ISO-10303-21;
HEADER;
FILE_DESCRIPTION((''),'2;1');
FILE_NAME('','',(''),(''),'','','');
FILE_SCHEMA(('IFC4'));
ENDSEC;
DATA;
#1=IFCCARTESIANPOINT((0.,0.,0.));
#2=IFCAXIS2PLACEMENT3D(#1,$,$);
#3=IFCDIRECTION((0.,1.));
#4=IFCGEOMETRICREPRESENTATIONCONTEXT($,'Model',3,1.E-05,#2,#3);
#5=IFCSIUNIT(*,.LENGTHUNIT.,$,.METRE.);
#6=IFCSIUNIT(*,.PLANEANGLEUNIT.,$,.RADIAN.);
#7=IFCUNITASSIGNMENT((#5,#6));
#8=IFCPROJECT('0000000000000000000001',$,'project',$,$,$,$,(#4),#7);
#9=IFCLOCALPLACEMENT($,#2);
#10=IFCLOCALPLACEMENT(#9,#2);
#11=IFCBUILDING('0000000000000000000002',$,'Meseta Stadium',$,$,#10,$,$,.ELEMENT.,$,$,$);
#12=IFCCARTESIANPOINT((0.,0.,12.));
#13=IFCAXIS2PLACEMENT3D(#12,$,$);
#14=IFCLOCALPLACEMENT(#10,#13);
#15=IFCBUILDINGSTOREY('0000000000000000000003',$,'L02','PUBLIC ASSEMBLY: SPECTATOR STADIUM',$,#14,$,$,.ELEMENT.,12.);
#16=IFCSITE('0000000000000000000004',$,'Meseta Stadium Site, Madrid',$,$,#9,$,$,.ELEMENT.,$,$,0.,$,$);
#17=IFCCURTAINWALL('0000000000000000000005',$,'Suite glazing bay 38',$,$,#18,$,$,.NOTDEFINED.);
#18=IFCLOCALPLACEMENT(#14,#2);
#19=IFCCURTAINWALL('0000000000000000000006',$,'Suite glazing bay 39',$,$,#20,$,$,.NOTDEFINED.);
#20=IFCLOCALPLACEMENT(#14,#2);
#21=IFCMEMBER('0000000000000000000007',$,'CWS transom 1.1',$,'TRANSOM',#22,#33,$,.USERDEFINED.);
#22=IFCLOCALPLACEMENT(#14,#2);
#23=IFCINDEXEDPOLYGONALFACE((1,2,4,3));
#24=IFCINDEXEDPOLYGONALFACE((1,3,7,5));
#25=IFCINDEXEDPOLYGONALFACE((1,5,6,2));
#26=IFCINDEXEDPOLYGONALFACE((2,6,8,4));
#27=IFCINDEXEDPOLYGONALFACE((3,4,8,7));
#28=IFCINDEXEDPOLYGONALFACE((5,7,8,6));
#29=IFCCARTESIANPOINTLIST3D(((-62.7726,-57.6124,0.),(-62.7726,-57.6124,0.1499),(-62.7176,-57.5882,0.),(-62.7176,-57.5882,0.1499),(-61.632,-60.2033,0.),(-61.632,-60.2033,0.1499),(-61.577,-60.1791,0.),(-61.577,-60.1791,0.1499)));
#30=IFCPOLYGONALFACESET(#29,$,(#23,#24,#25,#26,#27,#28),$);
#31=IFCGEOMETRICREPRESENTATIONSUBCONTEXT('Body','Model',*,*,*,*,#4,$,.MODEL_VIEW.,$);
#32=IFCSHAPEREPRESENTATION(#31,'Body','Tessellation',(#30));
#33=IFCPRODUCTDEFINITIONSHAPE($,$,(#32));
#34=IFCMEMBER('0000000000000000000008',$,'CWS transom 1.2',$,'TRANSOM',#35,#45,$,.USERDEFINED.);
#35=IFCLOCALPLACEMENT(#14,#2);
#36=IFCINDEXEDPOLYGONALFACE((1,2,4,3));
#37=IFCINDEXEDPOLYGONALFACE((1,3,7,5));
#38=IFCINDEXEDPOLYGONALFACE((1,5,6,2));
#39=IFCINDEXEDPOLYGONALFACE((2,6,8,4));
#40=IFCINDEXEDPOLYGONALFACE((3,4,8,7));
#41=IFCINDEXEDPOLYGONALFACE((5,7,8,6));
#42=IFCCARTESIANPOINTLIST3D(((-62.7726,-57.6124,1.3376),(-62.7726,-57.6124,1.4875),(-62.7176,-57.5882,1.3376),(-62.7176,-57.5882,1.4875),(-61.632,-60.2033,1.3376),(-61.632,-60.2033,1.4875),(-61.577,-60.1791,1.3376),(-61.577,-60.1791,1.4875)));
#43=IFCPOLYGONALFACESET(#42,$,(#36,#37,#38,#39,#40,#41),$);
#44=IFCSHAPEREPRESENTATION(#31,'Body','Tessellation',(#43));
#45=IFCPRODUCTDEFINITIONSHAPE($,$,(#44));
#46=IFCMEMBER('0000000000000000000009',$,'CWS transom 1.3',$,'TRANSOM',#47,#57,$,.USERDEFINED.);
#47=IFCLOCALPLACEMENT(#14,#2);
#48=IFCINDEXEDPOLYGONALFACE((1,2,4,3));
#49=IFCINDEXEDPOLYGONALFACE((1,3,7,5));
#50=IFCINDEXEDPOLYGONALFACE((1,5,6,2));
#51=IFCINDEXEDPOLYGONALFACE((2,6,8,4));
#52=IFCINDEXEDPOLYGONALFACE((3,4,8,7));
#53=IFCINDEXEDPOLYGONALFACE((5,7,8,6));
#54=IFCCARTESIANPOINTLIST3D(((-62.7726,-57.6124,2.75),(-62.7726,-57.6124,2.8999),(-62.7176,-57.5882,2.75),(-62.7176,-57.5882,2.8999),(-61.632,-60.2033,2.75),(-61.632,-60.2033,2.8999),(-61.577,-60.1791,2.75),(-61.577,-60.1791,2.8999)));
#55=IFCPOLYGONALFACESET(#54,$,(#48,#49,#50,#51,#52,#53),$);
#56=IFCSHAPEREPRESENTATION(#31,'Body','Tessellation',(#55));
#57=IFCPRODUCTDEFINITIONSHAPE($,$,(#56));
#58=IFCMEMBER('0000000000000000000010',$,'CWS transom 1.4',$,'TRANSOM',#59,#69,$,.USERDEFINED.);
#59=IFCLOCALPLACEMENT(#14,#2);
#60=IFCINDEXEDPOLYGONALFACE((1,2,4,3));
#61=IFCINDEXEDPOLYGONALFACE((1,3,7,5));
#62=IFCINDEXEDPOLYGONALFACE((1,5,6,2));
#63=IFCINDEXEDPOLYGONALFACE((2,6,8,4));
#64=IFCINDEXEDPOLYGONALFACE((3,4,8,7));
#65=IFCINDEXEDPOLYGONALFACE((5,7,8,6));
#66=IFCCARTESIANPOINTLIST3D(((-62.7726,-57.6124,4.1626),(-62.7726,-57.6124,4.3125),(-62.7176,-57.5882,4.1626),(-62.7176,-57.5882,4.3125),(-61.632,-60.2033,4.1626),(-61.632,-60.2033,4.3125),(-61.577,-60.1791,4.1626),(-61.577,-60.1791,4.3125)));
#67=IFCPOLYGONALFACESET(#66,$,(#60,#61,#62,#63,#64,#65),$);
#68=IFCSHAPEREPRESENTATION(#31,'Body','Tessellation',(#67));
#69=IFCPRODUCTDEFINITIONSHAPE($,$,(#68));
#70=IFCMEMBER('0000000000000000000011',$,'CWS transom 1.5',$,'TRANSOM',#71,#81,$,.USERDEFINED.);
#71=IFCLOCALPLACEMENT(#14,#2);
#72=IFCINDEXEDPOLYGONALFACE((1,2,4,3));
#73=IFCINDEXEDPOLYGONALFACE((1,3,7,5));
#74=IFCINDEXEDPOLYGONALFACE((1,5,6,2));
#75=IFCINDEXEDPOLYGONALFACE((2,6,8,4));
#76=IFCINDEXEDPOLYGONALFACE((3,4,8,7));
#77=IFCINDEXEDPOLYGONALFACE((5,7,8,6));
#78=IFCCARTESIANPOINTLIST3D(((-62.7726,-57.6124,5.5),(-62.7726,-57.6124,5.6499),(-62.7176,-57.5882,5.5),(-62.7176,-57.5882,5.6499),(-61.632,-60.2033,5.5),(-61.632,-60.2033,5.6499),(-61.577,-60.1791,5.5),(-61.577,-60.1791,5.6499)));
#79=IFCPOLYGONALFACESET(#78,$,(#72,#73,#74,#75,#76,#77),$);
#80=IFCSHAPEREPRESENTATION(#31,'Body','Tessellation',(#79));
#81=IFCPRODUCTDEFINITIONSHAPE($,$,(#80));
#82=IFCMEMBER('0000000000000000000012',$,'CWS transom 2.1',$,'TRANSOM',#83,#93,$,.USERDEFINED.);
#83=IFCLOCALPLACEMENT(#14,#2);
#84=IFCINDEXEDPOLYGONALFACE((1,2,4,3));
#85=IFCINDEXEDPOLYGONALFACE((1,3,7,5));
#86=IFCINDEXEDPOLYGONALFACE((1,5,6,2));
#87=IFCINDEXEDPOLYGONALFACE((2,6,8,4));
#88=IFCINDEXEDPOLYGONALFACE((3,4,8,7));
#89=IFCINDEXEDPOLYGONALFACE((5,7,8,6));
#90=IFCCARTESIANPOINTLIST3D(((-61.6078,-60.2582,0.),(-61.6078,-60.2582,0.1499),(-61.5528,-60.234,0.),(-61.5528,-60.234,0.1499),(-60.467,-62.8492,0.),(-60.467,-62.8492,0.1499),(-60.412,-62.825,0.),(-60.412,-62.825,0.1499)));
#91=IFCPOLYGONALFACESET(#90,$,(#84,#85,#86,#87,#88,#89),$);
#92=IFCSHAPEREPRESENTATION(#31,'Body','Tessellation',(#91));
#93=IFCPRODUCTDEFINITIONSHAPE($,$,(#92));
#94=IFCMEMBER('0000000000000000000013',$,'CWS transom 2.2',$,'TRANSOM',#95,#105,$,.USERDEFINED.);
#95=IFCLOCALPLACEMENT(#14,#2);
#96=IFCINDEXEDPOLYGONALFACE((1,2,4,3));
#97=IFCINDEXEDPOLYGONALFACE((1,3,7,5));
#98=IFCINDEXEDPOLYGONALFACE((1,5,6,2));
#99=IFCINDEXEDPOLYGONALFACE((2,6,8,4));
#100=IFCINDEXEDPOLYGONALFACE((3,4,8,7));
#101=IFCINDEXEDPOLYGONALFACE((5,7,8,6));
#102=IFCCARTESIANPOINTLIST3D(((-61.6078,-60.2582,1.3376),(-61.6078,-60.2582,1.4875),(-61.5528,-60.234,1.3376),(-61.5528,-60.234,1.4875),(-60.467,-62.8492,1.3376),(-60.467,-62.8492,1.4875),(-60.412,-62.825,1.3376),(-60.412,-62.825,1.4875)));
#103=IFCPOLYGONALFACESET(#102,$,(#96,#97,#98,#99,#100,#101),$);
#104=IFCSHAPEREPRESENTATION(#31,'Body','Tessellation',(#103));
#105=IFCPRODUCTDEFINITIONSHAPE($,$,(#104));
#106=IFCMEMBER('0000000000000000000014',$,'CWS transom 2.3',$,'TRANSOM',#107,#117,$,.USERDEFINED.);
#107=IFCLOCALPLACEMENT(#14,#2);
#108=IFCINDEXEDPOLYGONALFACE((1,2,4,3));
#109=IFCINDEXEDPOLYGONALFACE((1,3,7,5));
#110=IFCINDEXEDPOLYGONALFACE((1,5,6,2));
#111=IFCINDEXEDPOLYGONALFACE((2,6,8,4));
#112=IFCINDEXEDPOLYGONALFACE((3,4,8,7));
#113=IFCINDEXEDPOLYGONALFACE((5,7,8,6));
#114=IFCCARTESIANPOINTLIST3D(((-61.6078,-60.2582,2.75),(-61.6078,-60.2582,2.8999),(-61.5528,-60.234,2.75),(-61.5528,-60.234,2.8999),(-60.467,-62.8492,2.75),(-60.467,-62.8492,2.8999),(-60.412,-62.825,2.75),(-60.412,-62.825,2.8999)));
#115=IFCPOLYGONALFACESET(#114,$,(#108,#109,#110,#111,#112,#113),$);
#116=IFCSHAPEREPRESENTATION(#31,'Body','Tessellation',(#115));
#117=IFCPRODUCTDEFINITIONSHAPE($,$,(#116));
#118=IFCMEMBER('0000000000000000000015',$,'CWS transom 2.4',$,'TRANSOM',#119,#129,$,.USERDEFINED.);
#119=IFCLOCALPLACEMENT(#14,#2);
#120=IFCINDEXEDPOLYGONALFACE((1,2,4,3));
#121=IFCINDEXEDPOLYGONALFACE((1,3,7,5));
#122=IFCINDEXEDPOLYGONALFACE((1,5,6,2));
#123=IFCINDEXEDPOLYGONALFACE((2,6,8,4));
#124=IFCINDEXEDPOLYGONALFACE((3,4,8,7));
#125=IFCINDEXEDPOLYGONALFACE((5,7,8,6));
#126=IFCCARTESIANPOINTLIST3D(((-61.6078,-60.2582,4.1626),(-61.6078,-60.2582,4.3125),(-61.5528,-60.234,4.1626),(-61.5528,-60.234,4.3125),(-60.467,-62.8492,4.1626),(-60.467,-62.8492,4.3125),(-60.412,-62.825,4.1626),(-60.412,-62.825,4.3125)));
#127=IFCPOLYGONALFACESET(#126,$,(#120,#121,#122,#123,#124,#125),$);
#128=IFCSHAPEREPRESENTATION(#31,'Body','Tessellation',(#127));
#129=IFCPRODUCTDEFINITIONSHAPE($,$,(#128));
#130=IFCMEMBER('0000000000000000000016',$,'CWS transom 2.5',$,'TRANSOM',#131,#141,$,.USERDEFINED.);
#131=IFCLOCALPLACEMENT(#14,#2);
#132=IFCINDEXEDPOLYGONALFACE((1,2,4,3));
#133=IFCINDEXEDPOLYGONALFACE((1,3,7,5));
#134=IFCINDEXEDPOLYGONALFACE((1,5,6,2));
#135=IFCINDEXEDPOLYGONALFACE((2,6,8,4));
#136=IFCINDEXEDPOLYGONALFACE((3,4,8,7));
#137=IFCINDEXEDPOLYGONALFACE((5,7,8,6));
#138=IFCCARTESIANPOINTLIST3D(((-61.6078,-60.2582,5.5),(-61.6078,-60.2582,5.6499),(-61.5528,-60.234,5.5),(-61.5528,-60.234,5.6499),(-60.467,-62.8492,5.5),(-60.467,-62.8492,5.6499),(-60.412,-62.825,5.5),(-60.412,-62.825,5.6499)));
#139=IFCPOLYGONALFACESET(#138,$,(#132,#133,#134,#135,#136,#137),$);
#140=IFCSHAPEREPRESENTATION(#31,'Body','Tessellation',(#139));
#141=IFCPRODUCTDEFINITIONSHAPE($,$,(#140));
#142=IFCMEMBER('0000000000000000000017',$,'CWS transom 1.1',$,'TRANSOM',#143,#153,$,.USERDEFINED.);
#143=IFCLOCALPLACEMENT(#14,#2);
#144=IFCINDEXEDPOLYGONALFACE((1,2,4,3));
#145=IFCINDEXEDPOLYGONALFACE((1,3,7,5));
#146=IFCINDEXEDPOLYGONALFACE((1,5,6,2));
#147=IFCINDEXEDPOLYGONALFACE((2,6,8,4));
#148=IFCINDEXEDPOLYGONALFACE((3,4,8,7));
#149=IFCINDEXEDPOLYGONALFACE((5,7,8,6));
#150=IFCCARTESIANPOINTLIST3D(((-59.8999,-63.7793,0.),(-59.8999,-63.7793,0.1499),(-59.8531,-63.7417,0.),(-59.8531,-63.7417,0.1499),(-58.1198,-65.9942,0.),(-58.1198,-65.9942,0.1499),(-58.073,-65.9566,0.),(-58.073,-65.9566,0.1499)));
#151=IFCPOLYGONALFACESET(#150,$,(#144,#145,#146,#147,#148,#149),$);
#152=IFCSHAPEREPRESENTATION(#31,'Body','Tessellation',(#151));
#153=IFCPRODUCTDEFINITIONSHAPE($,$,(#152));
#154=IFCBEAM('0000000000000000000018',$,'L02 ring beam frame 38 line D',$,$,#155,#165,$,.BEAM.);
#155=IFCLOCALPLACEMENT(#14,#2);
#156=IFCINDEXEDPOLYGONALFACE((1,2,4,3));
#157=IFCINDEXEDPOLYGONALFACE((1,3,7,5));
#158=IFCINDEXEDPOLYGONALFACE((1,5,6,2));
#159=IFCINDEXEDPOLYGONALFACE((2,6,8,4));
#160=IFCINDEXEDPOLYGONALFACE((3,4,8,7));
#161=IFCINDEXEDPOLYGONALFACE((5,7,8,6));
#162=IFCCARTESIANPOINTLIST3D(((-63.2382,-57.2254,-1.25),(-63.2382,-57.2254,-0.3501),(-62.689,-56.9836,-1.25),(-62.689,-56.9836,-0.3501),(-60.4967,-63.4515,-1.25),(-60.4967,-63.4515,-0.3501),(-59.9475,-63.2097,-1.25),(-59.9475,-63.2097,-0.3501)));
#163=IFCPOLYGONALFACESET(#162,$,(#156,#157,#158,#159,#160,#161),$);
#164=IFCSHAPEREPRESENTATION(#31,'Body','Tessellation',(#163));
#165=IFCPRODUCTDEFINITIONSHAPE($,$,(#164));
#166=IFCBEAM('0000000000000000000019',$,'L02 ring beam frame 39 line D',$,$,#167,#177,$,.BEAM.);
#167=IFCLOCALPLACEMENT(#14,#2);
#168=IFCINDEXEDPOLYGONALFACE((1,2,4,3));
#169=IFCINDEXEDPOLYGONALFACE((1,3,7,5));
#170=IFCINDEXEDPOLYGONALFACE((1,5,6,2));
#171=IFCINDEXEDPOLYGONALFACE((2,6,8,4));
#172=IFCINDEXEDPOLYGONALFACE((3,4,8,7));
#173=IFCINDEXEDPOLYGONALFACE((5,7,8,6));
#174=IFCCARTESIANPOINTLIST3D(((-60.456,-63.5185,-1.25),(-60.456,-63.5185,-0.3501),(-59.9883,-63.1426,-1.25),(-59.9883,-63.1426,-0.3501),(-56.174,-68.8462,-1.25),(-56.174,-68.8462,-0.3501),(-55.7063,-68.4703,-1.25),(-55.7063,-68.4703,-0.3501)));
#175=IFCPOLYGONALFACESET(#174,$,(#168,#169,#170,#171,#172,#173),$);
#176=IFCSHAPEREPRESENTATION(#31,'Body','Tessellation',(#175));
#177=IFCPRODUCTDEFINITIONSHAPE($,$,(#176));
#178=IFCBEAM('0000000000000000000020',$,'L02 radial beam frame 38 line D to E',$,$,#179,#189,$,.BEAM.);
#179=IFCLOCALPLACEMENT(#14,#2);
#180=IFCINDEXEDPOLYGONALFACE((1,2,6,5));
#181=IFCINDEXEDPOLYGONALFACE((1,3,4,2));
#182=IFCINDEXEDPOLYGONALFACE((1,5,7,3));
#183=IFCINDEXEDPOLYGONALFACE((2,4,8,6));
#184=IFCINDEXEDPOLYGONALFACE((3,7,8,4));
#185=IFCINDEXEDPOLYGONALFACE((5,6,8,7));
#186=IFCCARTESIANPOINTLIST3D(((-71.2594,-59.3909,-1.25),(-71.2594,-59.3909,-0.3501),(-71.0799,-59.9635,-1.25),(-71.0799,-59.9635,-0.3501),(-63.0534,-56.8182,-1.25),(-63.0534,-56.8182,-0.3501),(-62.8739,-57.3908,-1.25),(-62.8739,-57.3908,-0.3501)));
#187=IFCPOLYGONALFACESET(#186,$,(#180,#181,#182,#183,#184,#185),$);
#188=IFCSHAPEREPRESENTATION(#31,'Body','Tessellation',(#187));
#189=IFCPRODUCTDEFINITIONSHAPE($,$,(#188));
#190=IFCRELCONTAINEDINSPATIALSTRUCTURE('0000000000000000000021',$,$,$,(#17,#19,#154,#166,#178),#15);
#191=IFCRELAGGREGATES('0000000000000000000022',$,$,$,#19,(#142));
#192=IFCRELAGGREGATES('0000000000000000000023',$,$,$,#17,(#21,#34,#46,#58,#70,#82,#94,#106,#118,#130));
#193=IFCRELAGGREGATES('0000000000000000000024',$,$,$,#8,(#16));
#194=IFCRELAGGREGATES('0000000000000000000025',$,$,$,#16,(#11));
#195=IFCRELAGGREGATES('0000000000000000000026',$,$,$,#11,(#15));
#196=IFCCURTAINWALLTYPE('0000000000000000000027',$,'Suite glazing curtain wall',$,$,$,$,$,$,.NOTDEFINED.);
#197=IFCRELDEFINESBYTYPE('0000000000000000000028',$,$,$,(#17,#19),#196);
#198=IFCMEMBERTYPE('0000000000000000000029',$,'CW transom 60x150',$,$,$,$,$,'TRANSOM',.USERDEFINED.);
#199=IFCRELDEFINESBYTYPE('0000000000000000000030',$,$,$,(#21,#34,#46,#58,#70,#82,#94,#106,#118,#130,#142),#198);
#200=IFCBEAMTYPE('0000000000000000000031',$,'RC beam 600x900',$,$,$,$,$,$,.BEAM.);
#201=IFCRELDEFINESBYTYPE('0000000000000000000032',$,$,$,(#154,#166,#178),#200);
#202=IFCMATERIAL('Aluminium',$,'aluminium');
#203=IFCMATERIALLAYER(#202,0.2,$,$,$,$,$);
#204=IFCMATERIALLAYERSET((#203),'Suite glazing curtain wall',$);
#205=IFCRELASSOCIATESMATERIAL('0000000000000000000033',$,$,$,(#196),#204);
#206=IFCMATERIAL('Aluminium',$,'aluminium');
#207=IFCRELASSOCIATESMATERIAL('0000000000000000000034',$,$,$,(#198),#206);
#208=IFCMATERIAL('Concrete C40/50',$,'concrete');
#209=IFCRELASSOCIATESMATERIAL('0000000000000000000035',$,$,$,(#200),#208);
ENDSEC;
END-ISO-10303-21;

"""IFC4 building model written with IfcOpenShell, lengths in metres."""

from ifc_helpers import new_model, si_unit, direction, frame, origin, origin_2d, place, context, subcontext, project, spatial, rectangle, extrude, material, layer, layer_set, material_profile, profile_set, type_object, element, aggregate, save


model = new_model("IFC4")

# Units and contexts
model_context = context("Model", 3, precision=1e-05, world=origin(), true_north=direction((0.0, 1.0)))
body_context = subcontext(model_context, "Body", "Model", "MODEL_VIEW")
ifc_project = project(units=[si_unit("LENGTHUNIT", "METRE"), si_unit("PLANEANGLEUNIT", "RADIAN")], contexts=[model_context])

# Site, building, storey
site_placement = place(None, origin())
site = spatial("IfcSite", under=ifc_project, at=site_placement, Name="Meseta Stadium Site, Madrid", CompositionType="ELEMENT", RefElevation=0.0)
building_placement = place(site_placement, origin())
building = spatial("IfcBuilding", under=site, at=building_placement, Name="Meseta Stadium", CompositionType="ELEMENT")
storey_placement = place(building_placement, frame((0.0, 0.0, 12.0)))
storey = spatial("IfcBuildingStorey", under=building, at=storey_placement, Name="L02", Description="PUBLIC ASSEMBLY: SPECTATOR STADIUM", CompositionType="ELEMENT", Elevation=12.0)

# Shared definitions
ifc_material_1 = material(Name="Aluminium", Category="aluminium")
ifc_layer_1 = layer(ifc_material_1, 0.2)
ifc_layer_set_1 = layer_set([ifc_layer_1], Name="Suite glazing curtain wall")
curtain_wall_type = type_object("IfcCurtainWallType", Name="Suite glazing curtain wall", PredefinedType="NOTDEFINED", material=ifc_layer_set_1)

# Curtain wall
curtain_wall_1_placement = place(storey_placement, origin())
curtain_wall_1 = element("IfcCurtainWall", 1, at=curtain_wall_1_placement, inside=storey, type_object=curtain_wall_type, Name="Suite glazing bay 38", PredefinedType="NOTDEFINED")

# Curtain wall
curtain_wall_2_placement = place(storey_placement, origin())
curtain_wall_2 = element("IfcCurtainWall", 2, at=curtain_wall_2_placement, inside=storey, type_object=curtain_wall_type, Name="Suite glazing bay 39", PredefinedType="NOTDEFINED")

# Members
ifc_material_2 = material(Name="Aluminium", Category="aluminium")
ifc_material_profile_1 = material_profile(ifc_material_2, rectangle(XDim=0.0601, YDim=0.1499, at=origin_2d()), Name="CW 60x150")
ifc_profile_set_1 = profile_set([ifc_material_profile_1], Name="Aluminium")
member_type_1 = type_object("IfcMemberType", Name="CW transom 60x150", ElementType="TRANSOM", PredefinedType="USERDEFINED", material=ifc_profile_set_1)
member_1_placement = place(storey_placement, frame((-62.7451, -57.6003, 0.075), z_axis=(0.402935, -0.915229, 0.0), x_axis=(0.915229, 0.402935, 0.0)))
member_1 = element("IfcMember", 3, at=member_1_placement, type_object=member_type_1, Name="CWS transom 1.1", ObjectType="TRANSOM", PredefinedType="USERDEFINED", context=body_context, shape_type="SweptSolid", body=[
    extrude(rectangle(XDim=0.0601, YDim=0.1499, at=origin_2d()), origin(), (0.0, 0.0, 1.0), 2.8308),
])
member_2_placement = place(storey_placement, frame((-62.7451, -57.6003, 1.4126), z_axis=(0.402935, -0.915229, 0.0), x_axis=(0.915229, 0.402935, 0.0)))
member_2 = element("IfcMember", 4, at=member_2_placement, type_object=member_type_1, Name="CWS transom 1.2", ObjectType="TRANSOM", PredefinedType="USERDEFINED", context=body_context, shape_type="SweptSolid", body=[
    extrude(rectangle(XDim=0.0601, YDim=0.1499, at=origin_2d()), origin(), (0.0, 0.0, 1.0), 2.8308),
])
member_3_placement = place(storey_placement, frame((-62.7451, -57.6003, 2.825), z_axis=(0.402935, -0.915229, 0.0), x_axis=(0.915229, 0.402935, 0.0)))
member_3 = element("IfcMember", 5, at=member_3_placement, type_object=member_type_1, Name="CWS transom 1.3", ObjectType="TRANSOM", PredefinedType="USERDEFINED", context=body_context, shape_type="SweptSolid", body=[
    extrude(rectangle(XDim=0.0601, YDim=0.1499, at=origin_2d()), origin(), (0.0, 0.0, 1.0), 2.8308),
])
member_4_placement = place(storey_placement, frame((-62.7451, -57.6003, 4.2375), z_axis=(0.402935, -0.915229, 0.0), x_axis=(0.915229, 0.402935, 0.0)))
member_4 = element("IfcMember", 6, at=member_4_placement, type_object=member_type_1, Name="CWS transom 1.4", ObjectType="TRANSOM", PredefinedType="USERDEFINED", context=body_context, shape_type="SweptSolid", body=[
    extrude(rectangle(XDim=0.0601, YDim=0.1499, at=origin_2d()), origin(), (0.0, 0.0, 1.0), 2.8308),
])
member_5_placement = place(storey_placement, frame((-62.7451, -57.6003, 5.575), z_axis=(0.402935, -0.915229, 0.0), x_axis=(0.915229, 0.402935, 0.0)))
member_5 = element("IfcMember", 7, at=member_5_placement, type_object=member_type_1, Name="CWS transom 1.5", ObjectType="TRANSOM", PredefinedType="USERDEFINED", context=body_context, shape_type="SweptSolid", body=[
    extrude(rectangle(XDim=0.0601, YDim=0.1499, at=origin_2d()), origin(), (0.0, 0.0, 1.0), 2.8308),
])
member_6_placement = place(storey_placement, frame((-61.5803, -60.2461, 0.075), z_axis=(0.402976, -0.915211, 0.0), x_axis=(0.915211, 0.402976, 0.0)))
member_6 = element("IfcMember", 8, at=member_6_placement, type_object=member_type_1, Name="CWS transom 2.1", ObjectType="TRANSOM", PredefinedType="USERDEFINED", context=body_context, shape_type="SweptSolid", body=[
    extrude(rectangle(XDim=0.0601, YDim=0.1499, at=origin_2d()), origin(), (0.0, 0.0, 1.0), 2.8311),
])
member_7_placement = place(storey_placement, frame((-61.5803, -60.2461, 1.4126), z_axis=(0.402976, -0.915211, 0.0), x_axis=(0.915211, 0.402976, 0.0)))
member_7 = element("IfcMember", 9, at=member_7_placement, type_object=member_type_1, Name="CWS transom 2.2", ObjectType="TRANSOM", PredefinedType="USERDEFINED", context=body_context, shape_type="SweptSolid", body=[
    extrude(rectangle(XDim=0.0601, YDim=0.1499, at=origin_2d()), origin(), (0.0, 0.0, 1.0), 2.8311),
])
member_8_placement = place(storey_placement, frame((-61.5803, -60.2461, 2.825), z_axis=(0.402976, -0.915211, 0.0), x_axis=(0.915211, 0.402976, 0.0)))
member_8 = element("IfcMember", 10, at=member_8_placement, type_object=member_type_1, Name="CWS transom 2.3", ObjectType="TRANSOM", PredefinedType="USERDEFINED", context=body_context, shape_type="SweptSolid", body=[
    extrude(rectangle(XDim=0.0601, YDim=0.1499, at=origin_2d()), origin(), (0.0, 0.0, 1.0), 2.8311),
])
member_9_placement = place(storey_placement, frame((-61.5803, -60.2461, 4.2375), z_axis=(0.402976, -0.915211, 0.0), x_axis=(0.915211, 0.402976, 0.0)))
member_9 = element("IfcMember", 11, at=member_9_placement, type_object=member_type_1, Name="CWS transom 2.4", ObjectType="TRANSOM", PredefinedType="USERDEFINED", context=body_context, shape_type="SweptSolid", body=[
    extrude(rectangle(XDim=0.0601, YDim=0.1499, at=origin_2d()), origin(), (0.0, 0.0, 1.0), 2.8311),
])
member_10_placement = place(storey_placement, frame((-61.5803, -60.2461, 5.575), z_axis=(0.402976, -0.915211, 0.0), x_axis=(0.915211, 0.402976, 0.0)))
member_10 = element("IfcMember", 12, at=member_10_placement, type_object=member_type_1, Name="CWS transom 2.5", ObjectType="TRANSOM", PredefinedType="USERDEFINED", context=body_context, shape_type="SweptSolid", body=[
    extrude(rectangle(XDim=0.0601, YDim=0.1499, at=origin_2d()), origin(), (0.0, 0.0, 1.0), 2.8311),
])
member_11_placement = place(storey_placement, frame((-59.8765, -63.7605, 0.075), z_axis=(0.626443, -0.779467, 0.0), x_axis=(0.779467, 0.626443, 0.0)))
member_11 = element("IfcMember", 13, at=member_11_placement, type_object=member_type_1, Name="CWS transom 1.1", ObjectType="TRANSOM", PredefinedType="USERDEFINED", context=body_context, shape_type="SweptSolid", body=[
    extrude(rectangle(XDim=0.0601, YDim=0.1499, at=origin_2d()), origin(), (0.0, 0.0, 1.0), 2.8416),
])
aggregate(curtain_wall_2, [member_11])

# Beams
ifc_material_3 = material(Name="Concrete C40/50", Category="concrete")
ifc_material_profile_2 = material_profile(ifc_material_3, rectangle(XDim=0.6001, YDim=0.8999, at=origin_2d()), Name="RC 600x900")
ifc_profile_set_2 = profile_set([ifc_material_profile_2], Name="Concrete C40/50")
beam_type = type_object("IfcBeamType", Name="RC beam 600x900", PredefinedType="BEAM", material=ifc_profile_set_2)
beam_1_placement = place(storey_placement, frame((-62.9636, -57.1045, -0.8), z_axis=(0.402983, -0.915208, 0.0), x_axis=(0.915208, 0.402983, 0.0)))
element("IfcBeam", 14, at=beam_1_placement, inside=storey, type_object=beam_type, Name="L02 ring beam frame 38 line D", PredefinedType="BEAM", context=body_context, shape_type="SweptSolid", body=[
    extrude(rectangle(XDim=0.6001, YDim=0.8999, at=origin_2d()), origin(), (0.0, 0.0, 1.0), 6.803),
])
beam_2_placement = place(storey_placement, frame((-60.2222, -63.3306, -0.8), z_axis=(0.626466, -0.779449, 0.0), x_axis=(0.779449, 0.626466, 0.0)))
element("IfcBeam", 15, at=beam_2_placement, inside=storey, type_object=beam_type, Name="L02 ring beam frame 39 line D", PredefinedType="BEAM", context=body_context, shape_type="SweptSolid", body=[
    extrude(rectangle(XDim=0.6001, YDim=0.8999, at=origin_2d()), origin(), (0.0, 0.0, 1.0), 6.8352),
])
for number, where, z_axis, x_axis, name in (
    (16, (-62.9636, -57.1045, -0.8), (-0.954203, -0.299161, 0.0), (0.299161, -0.954203, 0.0), "L02 radial beam frame 38 line D to E"),
):
    element("IfcBeam", number, at=place(storey_placement, frame(where, z_axis=z_axis, x_axis=x_axis)), inside=storey, type_object=beam_type, Name=name, PredefinedType="BEAM", context=body_context, shape_type="SweptSolid", body=[
        extrude(rectangle(XDim=0.6001, YDim=0.8999, at=origin_2d()), origin(), (0.0, 0.0, 1.0), 8.5999),
    ])

aggregate(curtain_wall_1, [member_1, member_2, member_3, member_4, member_5, member_6, member_7, member_8, member_9, member_10])

save(model, "model.ifc")
